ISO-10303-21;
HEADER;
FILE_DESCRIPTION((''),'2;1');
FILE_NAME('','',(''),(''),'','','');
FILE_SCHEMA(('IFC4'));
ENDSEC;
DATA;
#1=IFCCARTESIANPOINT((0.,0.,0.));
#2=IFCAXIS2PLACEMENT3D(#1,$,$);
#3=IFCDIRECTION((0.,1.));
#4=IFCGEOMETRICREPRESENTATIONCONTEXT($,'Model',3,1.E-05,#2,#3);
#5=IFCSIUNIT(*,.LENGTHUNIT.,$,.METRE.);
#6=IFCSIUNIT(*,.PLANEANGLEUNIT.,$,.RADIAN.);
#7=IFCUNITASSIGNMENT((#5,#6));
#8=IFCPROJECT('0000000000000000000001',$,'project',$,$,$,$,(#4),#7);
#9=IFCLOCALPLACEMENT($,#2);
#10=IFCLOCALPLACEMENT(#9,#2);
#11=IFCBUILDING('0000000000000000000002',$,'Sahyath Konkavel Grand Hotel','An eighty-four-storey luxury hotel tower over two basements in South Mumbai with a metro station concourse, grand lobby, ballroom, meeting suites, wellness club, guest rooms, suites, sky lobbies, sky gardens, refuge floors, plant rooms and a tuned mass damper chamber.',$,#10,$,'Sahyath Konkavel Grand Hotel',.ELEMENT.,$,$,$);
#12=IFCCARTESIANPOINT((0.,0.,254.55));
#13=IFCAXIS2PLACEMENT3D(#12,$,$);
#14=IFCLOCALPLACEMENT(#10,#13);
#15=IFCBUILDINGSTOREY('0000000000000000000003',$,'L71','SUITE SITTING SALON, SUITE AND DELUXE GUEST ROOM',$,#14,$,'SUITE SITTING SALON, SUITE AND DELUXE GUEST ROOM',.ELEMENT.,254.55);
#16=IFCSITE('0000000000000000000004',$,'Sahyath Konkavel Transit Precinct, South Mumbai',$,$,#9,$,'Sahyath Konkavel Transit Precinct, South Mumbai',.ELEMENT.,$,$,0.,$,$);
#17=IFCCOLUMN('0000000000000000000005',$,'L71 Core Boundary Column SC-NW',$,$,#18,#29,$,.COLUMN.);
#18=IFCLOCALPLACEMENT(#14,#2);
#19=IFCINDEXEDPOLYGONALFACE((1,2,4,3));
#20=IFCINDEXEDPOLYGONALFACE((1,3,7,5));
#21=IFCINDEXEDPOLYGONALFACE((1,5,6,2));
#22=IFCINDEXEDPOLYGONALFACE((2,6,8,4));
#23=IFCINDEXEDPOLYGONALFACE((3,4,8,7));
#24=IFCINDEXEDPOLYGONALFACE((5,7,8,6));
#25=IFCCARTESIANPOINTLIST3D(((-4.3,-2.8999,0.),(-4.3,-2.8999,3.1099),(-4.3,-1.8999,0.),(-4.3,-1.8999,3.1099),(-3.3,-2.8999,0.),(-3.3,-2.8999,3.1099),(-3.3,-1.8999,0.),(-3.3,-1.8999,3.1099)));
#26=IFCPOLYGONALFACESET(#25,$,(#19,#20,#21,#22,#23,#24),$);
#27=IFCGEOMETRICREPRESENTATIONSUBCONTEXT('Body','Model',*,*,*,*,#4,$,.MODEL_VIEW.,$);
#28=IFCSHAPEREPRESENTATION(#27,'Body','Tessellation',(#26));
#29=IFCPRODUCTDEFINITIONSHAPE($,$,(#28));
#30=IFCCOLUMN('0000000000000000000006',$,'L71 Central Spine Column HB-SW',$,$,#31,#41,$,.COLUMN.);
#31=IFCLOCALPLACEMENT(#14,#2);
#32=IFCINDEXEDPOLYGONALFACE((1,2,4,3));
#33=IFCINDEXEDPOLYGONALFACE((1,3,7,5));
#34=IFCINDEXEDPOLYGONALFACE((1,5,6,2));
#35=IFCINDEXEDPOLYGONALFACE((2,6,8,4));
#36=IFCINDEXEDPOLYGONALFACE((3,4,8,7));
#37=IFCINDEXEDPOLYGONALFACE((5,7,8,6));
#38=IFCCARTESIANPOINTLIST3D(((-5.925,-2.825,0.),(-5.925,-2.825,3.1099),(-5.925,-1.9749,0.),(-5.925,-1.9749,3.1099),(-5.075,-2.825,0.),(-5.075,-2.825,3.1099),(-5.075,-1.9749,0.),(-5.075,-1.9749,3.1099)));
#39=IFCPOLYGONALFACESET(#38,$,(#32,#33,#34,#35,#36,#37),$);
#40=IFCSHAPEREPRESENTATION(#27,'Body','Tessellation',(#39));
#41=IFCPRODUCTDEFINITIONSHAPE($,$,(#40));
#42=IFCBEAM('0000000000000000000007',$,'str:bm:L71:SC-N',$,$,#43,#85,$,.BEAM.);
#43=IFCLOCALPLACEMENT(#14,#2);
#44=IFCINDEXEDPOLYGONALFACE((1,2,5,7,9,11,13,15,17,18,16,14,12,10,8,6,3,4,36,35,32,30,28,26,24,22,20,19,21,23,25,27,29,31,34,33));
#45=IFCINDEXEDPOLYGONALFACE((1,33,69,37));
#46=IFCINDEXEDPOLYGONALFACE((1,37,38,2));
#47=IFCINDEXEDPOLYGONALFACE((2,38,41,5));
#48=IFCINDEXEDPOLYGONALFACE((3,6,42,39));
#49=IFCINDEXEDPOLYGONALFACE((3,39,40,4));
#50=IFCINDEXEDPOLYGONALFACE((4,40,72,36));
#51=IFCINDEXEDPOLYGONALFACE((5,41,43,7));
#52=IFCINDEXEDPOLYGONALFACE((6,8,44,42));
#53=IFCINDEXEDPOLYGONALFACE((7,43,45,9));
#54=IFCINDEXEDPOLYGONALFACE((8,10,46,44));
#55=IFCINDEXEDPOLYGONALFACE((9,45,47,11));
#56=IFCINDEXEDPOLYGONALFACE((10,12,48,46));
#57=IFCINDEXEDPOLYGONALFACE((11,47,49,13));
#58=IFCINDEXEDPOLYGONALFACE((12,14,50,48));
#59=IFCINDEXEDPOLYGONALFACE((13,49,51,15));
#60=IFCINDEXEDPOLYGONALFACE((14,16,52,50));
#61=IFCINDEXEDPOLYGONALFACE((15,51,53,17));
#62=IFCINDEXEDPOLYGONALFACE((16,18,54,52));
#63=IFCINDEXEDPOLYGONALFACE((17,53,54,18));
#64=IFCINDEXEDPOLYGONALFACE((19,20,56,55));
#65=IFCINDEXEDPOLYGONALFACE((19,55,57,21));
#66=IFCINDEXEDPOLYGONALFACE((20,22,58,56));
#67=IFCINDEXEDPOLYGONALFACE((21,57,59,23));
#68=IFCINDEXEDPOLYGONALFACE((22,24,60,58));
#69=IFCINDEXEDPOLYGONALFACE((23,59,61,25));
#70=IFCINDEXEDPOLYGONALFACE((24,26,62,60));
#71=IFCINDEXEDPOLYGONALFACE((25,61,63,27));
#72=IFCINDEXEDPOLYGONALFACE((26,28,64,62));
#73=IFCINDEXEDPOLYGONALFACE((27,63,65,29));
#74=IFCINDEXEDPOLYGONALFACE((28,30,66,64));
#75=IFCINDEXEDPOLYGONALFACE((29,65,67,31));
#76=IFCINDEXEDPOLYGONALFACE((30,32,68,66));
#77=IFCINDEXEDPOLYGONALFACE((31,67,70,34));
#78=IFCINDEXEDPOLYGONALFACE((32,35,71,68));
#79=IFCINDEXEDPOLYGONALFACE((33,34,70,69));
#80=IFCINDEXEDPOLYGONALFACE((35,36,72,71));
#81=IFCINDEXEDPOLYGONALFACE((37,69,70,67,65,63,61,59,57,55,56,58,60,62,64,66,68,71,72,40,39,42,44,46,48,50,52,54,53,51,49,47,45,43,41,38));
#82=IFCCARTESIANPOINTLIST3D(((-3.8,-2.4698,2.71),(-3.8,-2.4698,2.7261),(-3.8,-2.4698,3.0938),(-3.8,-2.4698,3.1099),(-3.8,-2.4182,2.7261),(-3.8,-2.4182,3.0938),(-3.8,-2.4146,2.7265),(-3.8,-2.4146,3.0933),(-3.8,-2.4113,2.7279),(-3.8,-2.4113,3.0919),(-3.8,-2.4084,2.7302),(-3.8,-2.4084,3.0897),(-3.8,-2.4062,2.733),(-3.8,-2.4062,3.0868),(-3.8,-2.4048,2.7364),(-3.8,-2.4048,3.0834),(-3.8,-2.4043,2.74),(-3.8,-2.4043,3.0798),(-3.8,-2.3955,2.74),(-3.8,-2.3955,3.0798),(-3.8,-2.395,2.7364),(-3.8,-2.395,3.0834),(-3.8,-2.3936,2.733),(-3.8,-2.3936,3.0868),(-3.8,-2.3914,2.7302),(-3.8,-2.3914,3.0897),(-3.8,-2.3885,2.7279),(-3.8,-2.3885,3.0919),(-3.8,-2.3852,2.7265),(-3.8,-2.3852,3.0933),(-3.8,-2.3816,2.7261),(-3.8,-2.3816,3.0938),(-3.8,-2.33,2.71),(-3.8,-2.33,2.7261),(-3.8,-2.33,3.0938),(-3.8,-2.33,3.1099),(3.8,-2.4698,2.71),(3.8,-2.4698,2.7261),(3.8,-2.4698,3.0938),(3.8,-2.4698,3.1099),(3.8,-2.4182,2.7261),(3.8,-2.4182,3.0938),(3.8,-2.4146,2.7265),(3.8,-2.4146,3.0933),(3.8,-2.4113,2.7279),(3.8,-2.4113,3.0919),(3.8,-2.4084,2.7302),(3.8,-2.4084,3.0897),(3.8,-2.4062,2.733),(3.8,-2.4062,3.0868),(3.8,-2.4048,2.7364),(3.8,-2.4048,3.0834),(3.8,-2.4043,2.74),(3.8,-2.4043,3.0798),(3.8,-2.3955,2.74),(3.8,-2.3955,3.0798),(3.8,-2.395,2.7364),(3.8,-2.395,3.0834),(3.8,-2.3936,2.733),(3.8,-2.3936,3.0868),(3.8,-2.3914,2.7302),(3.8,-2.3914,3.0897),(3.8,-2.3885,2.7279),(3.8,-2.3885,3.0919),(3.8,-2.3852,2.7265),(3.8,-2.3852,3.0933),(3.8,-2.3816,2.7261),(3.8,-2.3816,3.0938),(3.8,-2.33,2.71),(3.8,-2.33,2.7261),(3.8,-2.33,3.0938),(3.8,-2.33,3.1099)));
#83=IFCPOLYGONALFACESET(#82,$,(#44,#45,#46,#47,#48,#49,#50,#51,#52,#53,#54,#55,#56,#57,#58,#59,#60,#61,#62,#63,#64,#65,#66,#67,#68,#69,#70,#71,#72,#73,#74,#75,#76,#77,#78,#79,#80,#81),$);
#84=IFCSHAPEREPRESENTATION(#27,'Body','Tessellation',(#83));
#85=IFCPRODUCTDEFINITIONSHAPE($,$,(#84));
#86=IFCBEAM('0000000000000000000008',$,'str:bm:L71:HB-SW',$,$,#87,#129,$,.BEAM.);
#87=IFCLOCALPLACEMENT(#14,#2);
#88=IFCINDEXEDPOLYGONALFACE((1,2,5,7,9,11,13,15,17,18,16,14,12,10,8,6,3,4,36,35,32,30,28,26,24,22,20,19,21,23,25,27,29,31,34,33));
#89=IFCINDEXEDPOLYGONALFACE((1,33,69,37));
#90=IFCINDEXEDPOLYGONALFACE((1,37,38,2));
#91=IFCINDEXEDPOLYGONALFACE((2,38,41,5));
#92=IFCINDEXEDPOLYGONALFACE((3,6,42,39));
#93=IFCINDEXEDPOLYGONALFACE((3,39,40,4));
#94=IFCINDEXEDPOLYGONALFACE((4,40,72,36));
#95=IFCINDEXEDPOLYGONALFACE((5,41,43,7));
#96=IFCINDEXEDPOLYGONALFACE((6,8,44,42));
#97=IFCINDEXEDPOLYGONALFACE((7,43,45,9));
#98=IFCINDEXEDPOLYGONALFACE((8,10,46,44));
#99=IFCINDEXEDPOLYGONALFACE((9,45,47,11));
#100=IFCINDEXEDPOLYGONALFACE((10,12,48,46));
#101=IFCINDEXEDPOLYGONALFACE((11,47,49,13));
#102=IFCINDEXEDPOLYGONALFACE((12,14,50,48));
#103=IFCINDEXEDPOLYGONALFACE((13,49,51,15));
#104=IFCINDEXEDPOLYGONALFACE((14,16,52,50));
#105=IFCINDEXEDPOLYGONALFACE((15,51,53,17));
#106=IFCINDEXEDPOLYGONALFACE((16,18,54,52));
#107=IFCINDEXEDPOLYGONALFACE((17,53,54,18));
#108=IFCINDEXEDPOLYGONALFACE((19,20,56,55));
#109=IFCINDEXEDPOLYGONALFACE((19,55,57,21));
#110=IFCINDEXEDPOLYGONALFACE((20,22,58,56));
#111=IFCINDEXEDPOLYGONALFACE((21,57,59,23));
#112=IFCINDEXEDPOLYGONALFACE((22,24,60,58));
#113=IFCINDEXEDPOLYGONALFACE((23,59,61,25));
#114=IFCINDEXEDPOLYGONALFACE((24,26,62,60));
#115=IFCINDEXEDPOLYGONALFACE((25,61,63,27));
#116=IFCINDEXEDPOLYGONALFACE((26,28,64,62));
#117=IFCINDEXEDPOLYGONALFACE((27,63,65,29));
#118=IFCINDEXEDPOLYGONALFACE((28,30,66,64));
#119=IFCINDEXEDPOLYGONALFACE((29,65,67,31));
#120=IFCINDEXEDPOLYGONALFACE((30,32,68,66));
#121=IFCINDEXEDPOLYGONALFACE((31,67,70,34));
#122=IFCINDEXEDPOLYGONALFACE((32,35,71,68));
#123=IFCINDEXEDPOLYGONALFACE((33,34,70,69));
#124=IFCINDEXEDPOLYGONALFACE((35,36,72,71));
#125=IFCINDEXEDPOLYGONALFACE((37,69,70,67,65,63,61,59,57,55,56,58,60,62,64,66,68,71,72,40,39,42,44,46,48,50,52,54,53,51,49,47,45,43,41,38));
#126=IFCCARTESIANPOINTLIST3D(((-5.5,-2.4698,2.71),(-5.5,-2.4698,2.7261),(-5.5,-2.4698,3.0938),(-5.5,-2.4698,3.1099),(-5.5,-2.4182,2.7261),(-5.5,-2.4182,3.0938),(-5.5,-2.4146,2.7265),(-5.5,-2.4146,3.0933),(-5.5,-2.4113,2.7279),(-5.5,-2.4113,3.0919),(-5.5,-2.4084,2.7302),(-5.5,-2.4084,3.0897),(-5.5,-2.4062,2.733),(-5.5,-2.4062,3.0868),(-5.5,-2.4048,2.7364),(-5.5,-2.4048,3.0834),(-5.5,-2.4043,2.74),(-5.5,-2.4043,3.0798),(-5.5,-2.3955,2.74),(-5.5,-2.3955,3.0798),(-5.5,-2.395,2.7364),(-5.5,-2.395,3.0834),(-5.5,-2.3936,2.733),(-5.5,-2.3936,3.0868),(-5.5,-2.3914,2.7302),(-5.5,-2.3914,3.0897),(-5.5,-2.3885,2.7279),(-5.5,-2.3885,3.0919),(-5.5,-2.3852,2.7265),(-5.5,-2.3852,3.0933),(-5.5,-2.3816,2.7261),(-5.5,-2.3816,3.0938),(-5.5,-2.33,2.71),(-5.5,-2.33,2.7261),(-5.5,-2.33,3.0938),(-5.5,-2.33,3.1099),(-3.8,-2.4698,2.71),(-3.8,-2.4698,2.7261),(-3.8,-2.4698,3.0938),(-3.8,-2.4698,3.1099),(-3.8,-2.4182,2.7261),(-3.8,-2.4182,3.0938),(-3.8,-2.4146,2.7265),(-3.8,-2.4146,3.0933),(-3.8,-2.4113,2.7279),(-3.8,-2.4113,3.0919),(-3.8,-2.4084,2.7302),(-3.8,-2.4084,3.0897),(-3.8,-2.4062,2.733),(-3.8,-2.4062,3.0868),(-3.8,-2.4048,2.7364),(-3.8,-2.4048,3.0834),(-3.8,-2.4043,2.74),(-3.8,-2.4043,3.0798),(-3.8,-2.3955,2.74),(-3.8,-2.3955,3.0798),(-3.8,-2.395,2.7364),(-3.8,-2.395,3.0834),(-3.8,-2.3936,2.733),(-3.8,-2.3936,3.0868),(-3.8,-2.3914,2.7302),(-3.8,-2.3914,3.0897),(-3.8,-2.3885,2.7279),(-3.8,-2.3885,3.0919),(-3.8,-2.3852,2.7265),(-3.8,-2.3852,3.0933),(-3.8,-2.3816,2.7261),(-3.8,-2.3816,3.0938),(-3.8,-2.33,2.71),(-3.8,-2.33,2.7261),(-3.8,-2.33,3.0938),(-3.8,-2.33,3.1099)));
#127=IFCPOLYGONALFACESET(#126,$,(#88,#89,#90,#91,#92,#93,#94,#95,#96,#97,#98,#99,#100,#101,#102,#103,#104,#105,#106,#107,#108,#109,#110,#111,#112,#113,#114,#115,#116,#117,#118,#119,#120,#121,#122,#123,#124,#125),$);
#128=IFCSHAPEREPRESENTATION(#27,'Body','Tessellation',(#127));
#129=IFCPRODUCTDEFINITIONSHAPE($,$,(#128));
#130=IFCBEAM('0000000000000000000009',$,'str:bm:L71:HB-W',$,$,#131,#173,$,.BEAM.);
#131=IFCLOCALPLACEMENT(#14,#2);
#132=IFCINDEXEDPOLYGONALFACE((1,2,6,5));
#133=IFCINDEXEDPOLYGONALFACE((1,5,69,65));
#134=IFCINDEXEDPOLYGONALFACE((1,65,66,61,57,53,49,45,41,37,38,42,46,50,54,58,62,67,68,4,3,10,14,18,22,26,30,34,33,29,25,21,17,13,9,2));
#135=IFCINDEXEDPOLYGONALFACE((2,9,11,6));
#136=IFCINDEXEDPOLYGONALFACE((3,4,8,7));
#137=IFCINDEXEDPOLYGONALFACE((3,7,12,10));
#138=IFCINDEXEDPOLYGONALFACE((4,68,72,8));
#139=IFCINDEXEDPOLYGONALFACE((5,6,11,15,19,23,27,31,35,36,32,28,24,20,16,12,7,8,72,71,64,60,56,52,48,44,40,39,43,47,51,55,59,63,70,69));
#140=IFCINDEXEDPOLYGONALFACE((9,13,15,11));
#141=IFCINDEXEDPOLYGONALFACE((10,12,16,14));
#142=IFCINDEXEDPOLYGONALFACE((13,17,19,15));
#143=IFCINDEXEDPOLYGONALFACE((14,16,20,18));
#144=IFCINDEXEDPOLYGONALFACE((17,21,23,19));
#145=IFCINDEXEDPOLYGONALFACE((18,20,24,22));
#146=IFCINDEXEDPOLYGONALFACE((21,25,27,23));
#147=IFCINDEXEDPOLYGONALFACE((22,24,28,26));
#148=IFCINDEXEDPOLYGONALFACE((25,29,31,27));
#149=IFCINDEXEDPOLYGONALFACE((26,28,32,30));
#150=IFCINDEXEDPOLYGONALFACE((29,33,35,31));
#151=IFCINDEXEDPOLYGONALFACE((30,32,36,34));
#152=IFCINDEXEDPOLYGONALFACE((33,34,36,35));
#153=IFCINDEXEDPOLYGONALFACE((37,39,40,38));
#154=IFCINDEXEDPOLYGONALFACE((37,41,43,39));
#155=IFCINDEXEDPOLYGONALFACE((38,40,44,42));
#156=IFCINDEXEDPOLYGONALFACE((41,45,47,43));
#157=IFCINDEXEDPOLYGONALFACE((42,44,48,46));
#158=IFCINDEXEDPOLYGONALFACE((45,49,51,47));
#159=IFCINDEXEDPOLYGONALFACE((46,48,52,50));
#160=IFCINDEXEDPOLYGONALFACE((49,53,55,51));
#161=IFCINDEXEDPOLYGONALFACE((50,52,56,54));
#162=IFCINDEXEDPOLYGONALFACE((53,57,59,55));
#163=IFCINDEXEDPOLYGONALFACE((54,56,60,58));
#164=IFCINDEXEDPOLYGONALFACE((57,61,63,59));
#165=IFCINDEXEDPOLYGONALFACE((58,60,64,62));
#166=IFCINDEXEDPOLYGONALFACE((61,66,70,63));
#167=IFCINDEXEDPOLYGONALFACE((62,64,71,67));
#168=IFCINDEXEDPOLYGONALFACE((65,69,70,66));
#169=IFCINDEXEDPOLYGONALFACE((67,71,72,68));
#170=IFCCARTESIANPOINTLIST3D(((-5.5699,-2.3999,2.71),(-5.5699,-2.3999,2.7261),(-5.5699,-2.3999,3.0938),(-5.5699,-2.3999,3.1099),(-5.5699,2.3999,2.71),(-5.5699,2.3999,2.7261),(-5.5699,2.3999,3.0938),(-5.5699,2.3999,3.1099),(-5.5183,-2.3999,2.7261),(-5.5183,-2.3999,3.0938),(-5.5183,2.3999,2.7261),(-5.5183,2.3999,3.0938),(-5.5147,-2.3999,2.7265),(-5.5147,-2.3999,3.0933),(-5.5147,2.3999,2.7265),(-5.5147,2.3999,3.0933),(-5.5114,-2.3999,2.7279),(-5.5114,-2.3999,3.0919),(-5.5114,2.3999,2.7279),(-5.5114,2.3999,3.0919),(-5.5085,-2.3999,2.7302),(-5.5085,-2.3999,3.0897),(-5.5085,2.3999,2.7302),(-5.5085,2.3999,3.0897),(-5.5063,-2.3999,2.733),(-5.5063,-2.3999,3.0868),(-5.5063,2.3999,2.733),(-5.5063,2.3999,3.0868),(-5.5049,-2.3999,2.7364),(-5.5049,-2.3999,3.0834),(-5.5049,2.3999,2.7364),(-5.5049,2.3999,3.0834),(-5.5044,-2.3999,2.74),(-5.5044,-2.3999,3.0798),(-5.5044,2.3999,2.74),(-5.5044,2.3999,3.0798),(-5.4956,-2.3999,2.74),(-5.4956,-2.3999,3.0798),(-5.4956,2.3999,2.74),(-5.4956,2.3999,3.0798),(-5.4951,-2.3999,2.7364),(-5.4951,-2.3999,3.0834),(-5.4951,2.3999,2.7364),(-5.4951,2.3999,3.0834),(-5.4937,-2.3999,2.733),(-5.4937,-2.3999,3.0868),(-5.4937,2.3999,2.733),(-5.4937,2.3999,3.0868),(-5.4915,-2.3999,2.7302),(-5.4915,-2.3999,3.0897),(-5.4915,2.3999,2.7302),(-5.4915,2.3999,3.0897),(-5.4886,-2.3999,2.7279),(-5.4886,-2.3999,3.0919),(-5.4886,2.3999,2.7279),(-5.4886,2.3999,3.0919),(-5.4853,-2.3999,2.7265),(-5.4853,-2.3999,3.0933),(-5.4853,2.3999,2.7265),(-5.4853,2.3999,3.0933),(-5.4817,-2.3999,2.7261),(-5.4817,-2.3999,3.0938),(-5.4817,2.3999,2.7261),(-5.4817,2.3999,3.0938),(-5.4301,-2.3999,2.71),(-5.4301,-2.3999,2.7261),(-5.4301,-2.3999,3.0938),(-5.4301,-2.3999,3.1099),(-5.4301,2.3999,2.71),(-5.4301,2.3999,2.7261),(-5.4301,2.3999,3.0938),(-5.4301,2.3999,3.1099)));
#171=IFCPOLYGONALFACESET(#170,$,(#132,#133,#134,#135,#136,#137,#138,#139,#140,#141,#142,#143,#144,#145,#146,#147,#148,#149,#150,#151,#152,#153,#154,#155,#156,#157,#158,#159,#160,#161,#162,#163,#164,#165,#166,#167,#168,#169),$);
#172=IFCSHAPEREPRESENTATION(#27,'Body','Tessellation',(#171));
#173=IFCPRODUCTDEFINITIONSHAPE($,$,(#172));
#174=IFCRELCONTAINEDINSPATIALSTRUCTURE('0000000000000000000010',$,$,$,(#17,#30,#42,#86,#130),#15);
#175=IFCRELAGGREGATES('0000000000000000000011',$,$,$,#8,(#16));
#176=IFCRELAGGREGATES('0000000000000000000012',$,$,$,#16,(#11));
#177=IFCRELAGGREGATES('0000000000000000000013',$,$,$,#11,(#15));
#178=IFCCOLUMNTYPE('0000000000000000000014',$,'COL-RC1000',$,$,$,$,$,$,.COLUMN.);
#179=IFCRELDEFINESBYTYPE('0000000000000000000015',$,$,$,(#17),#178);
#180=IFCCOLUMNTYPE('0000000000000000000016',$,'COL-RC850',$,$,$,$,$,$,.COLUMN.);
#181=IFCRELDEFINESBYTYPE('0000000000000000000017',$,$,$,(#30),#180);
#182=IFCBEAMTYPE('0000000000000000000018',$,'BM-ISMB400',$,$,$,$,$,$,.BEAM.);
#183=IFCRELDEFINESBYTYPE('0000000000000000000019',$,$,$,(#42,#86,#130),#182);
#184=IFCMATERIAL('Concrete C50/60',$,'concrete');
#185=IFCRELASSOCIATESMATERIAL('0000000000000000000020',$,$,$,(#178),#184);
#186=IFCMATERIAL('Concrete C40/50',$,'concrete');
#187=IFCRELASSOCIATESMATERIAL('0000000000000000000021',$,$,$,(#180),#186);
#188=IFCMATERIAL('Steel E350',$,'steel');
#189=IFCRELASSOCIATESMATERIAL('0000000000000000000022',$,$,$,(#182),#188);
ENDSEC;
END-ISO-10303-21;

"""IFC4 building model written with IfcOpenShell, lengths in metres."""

from ifc_helpers import new_model, si_unit, direction, frame, origin, origin_2d, place, context, subcontext, project, spatial, rectangle, i_section, extrude, source, transform, mapped, material, material_profile, profile_set, type_object, element, save


model = new_model("IFC4")

# Units and contexts
model_context = context("Model", 3, precision=1e-05, world=origin(), true_north=direction((0.0, 1.0)))
body_context = subcontext(model_context, "Body", "Model", "MODEL_VIEW")
ifc_project = project(units=[si_unit("LENGTHUNIT", "METRE"), si_unit("PLANEANGLEUNIT", "RADIAN")], contexts=[model_context])

# Site, building, storey
site_placement = place(None, origin())
site = spatial("IfcSite", under=ifc_project, at=site_placement, Name="Sahyath Konkavel Transit Precinct, South Mumbai", LongName="Sahyath Konkavel Transit Precinct, South Mumbai", CompositionType="ELEMENT", RefElevation=0.0)
building_placement = place(site_placement, origin())
building = spatial("IfcBuilding", under=site, at=building_placement, Name="Sahyath Konkavel Grand Hotel", Description="An eighty-four-storey luxury hotel tower over two basements in South Mumbai with a metro station concourse, grand lobby, ballroom, meeting suites, wellness club, guest rooms, suites, sky lobbies, sky gardens, refuge floors, plant rooms and a tuned mass damper chamber.", LongName="Sahyath Konkavel Grand Hotel", CompositionType="ELEMENT")
storey_placement = place(building_placement, frame((0.0, 0.0, 254.55)))
storey = spatial("IfcBuildingStorey", under=building, at=storey_placement, Name="L71", Description="SUITE SITTING SALON, SUITE AND DELUXE GUEST ROOM", LongName="SUITE SITTING SALON, SUITE AND DELUXE GUEST ROOM", CompositionType="ELEMENT", Elevation=254.55)

# Columns
ifc_material_1 = material(Name="Concrete C50/60", Category="concrete")
ifc_material_profile_1 = material_profile(ifc_material_1, rectangle(XDim=1.0, YDim=1.0, at=origin_2d()), Name="RC 1000x1000")
ifc_profile_set_1 = profile_set([ifc_material_profile_1], Name="Concrete C50/60")
column_type_1 = type_object("IfcColumnType", Name="COL-RC1000", PredefinedType="COLUMN", material=ifc_profile_set_1)
shared_shape_1 = source(origin(), body_context, "Body", "SweptSolid", [
    extrude(rectangle(XDim=1.0, YDim=1.0, at=origin_2d()), origin(), (0.0, 0.0, 1.0), 3.1099),
])
column_1_placement = place(storey_placement, frame((-3.8, -2.3999, 0.0), z_axis=(0.0, 0.0, 1.0), x_axis=(1.0, 0.0, 0.0)))
element("IfcColumn", 1, at=column_1_placement, inside=storey, type_object=column_type_1, Name="L71 Core Boundary Column SC-NW", PredefinedType="COLUMN", context=body_context, shape_type="MappedRepresentation", body=[
    mapped(shared_shape_1, transform((0.0, 0.0, 0.0), scale=1.0)),
])
ifc_material_2 = material(Name="Concrete C40/50", Category="concrete")
ifc_material_profile_2 = material_profile(ifc_material_2, rectangle(XDim=0.8501, YDim=0.8501, at=origin_2d()), Name="RC 850x850")
ifc_profile_set_2 = profile_set([ifc_material_profile_2], Name="Concrete C40/50")
column_type_2 = type_object("IfcColumnType", Name="COL-RC850", PredefinedType="COLUMN", material=ifc_profile_set_2)
shared_shape_2 = source(origin(), body_context, "Body", "SweptSolid", [
    extrude(rectangle(XDim=0.8501, YDim=0.8501, at=origin_2d()), origin(), (0.0, 0.0, 1.0), 3.1099),
])
column_2_placement = place(storey_placement, frame((-5.5, -2.3999, 0.0), z_axis=(0.0, 0.0, 1.0), x_axis=(1.0, 0.0, 0.0)))
element("IfcColumn", 2, at=column_2_placement, inside=storey, type_object=column_type_2, Name="L71 Central Spine Column HB-SW", PredefinedType="COLUMN", context=body_context, shape_type="MappedRepresentation", body=[
    mapped(shared_shape_2, transform((0.0, 0.0, 0.0), scale=1.0)),
])

# Beams
ifc_material_3 = material(Name="Steel E350", Category="steel")
ifc_material_profile_3 = material_profile(ifc_material_3, i_section(OverallWidth=0.1399, OverallDepth=0.3999, WebThickness=0.0088, FlangeThickness=0.0161, FilletRadius=0.0139, at=origin_2d()), Name="ISMB 400")
ifc_profile_set_3 = profile_set([ifc_material_profile_3], Name="Steel E350")
beam_type_1 = type_object("IfcBeamType", Name="BM-ISMB400", PredefinedType="BEAM", material=ifc_profile_set_3)
shared_shape_3 = source(origin(), body_context, "Body", "SweptSolid", [
    extrude(i_section(OverallWidth=0.1399, OverallDepth=0.3999, WebThickness=0.0088, FlangeThickness=0.0161, FilletRadius=0.0139, at=origin_2d()), origin(), (0.0, 0.0, 1.0), 7.6001),
])
beam_1_placement = place(storey_placement, frame((-3.8, -2.3999, 2.9099), z_axis=(1.0, 0.0, 0.0), x_axis=(0.0, 1.0, 0.0)))
element("IfcBeam", 3, at=beam_1_placement, inside=storey, type_object=beam_type_1, Name="str:bm:L71:SC-N", PredefinedType="BEAM", context=body_context, shape_type="MappedRepresentation", body=[
    mapped(shared_shape_3, transform((0.0, 0.0, 0.0), scale=1.0)),
])
shared_shape_4 = source(origin(), body_context, "Body", "SweptSolid", [
    extrude(i_section(OverallWidth=0.1399, OverallDepth=0.3999, WebThickness=0.0088, FlangeThickness=0.0161, FilletRadius=0.0139, at=origin_2d()), origin(), (0.0, 0.0, 1.0), 1.7),
])
beam_2_placement = place(storey_placement, frame((-5.5, -2.3999, 2.9099), z_axis=(1.0, 0.0, 0.0), x_axis=(0.0, 1.0, 0.0)))
element("IfcBeam", 4, at=beam_2_placement, inside=storey, type_object=beam_type_1, Name="str:bm:L71:HB-SW", PredefinedType="BEAM", context=body_context, shape_type="MappedRepresentation", body=[
    mapped(shared_shape_4, transform((0.0, 0.0, 0.0), scale=1.0)),
])
shared_shape_5 = source(origin(), body_context, "Body", "SweptSolid", [
    extrude(i_section(OverallWidth=0.1399, OverallDepth=0.3999, WebThickness=0.0088, FlangeThickness=0.0161, FilletRadius=0.0139, at=origin_2d()), origin(), (0.0, 0.0, 1.0), 4.7998),
])
beam_3_placement = place(storey_placement, frame((-5.5, -2.3999, 2.9099), z_axis=(0.0, 1.0, 0.0), x_axis=(-1.0, 0.0, 0.0)))
element("IfcBeam", 5, at=beam_3_placement, inside=storey, type_object=beam_type_1, Name="str:bm:L71:HB-W", PredefinedType="BEAM", context=body_context, shape_type="MappedRepresentation", body=[
    mapped(shared_shape_5, transform((0.0, 0.0, 0.0), scale=1.0)),
])

save(model, "model.ifc")
